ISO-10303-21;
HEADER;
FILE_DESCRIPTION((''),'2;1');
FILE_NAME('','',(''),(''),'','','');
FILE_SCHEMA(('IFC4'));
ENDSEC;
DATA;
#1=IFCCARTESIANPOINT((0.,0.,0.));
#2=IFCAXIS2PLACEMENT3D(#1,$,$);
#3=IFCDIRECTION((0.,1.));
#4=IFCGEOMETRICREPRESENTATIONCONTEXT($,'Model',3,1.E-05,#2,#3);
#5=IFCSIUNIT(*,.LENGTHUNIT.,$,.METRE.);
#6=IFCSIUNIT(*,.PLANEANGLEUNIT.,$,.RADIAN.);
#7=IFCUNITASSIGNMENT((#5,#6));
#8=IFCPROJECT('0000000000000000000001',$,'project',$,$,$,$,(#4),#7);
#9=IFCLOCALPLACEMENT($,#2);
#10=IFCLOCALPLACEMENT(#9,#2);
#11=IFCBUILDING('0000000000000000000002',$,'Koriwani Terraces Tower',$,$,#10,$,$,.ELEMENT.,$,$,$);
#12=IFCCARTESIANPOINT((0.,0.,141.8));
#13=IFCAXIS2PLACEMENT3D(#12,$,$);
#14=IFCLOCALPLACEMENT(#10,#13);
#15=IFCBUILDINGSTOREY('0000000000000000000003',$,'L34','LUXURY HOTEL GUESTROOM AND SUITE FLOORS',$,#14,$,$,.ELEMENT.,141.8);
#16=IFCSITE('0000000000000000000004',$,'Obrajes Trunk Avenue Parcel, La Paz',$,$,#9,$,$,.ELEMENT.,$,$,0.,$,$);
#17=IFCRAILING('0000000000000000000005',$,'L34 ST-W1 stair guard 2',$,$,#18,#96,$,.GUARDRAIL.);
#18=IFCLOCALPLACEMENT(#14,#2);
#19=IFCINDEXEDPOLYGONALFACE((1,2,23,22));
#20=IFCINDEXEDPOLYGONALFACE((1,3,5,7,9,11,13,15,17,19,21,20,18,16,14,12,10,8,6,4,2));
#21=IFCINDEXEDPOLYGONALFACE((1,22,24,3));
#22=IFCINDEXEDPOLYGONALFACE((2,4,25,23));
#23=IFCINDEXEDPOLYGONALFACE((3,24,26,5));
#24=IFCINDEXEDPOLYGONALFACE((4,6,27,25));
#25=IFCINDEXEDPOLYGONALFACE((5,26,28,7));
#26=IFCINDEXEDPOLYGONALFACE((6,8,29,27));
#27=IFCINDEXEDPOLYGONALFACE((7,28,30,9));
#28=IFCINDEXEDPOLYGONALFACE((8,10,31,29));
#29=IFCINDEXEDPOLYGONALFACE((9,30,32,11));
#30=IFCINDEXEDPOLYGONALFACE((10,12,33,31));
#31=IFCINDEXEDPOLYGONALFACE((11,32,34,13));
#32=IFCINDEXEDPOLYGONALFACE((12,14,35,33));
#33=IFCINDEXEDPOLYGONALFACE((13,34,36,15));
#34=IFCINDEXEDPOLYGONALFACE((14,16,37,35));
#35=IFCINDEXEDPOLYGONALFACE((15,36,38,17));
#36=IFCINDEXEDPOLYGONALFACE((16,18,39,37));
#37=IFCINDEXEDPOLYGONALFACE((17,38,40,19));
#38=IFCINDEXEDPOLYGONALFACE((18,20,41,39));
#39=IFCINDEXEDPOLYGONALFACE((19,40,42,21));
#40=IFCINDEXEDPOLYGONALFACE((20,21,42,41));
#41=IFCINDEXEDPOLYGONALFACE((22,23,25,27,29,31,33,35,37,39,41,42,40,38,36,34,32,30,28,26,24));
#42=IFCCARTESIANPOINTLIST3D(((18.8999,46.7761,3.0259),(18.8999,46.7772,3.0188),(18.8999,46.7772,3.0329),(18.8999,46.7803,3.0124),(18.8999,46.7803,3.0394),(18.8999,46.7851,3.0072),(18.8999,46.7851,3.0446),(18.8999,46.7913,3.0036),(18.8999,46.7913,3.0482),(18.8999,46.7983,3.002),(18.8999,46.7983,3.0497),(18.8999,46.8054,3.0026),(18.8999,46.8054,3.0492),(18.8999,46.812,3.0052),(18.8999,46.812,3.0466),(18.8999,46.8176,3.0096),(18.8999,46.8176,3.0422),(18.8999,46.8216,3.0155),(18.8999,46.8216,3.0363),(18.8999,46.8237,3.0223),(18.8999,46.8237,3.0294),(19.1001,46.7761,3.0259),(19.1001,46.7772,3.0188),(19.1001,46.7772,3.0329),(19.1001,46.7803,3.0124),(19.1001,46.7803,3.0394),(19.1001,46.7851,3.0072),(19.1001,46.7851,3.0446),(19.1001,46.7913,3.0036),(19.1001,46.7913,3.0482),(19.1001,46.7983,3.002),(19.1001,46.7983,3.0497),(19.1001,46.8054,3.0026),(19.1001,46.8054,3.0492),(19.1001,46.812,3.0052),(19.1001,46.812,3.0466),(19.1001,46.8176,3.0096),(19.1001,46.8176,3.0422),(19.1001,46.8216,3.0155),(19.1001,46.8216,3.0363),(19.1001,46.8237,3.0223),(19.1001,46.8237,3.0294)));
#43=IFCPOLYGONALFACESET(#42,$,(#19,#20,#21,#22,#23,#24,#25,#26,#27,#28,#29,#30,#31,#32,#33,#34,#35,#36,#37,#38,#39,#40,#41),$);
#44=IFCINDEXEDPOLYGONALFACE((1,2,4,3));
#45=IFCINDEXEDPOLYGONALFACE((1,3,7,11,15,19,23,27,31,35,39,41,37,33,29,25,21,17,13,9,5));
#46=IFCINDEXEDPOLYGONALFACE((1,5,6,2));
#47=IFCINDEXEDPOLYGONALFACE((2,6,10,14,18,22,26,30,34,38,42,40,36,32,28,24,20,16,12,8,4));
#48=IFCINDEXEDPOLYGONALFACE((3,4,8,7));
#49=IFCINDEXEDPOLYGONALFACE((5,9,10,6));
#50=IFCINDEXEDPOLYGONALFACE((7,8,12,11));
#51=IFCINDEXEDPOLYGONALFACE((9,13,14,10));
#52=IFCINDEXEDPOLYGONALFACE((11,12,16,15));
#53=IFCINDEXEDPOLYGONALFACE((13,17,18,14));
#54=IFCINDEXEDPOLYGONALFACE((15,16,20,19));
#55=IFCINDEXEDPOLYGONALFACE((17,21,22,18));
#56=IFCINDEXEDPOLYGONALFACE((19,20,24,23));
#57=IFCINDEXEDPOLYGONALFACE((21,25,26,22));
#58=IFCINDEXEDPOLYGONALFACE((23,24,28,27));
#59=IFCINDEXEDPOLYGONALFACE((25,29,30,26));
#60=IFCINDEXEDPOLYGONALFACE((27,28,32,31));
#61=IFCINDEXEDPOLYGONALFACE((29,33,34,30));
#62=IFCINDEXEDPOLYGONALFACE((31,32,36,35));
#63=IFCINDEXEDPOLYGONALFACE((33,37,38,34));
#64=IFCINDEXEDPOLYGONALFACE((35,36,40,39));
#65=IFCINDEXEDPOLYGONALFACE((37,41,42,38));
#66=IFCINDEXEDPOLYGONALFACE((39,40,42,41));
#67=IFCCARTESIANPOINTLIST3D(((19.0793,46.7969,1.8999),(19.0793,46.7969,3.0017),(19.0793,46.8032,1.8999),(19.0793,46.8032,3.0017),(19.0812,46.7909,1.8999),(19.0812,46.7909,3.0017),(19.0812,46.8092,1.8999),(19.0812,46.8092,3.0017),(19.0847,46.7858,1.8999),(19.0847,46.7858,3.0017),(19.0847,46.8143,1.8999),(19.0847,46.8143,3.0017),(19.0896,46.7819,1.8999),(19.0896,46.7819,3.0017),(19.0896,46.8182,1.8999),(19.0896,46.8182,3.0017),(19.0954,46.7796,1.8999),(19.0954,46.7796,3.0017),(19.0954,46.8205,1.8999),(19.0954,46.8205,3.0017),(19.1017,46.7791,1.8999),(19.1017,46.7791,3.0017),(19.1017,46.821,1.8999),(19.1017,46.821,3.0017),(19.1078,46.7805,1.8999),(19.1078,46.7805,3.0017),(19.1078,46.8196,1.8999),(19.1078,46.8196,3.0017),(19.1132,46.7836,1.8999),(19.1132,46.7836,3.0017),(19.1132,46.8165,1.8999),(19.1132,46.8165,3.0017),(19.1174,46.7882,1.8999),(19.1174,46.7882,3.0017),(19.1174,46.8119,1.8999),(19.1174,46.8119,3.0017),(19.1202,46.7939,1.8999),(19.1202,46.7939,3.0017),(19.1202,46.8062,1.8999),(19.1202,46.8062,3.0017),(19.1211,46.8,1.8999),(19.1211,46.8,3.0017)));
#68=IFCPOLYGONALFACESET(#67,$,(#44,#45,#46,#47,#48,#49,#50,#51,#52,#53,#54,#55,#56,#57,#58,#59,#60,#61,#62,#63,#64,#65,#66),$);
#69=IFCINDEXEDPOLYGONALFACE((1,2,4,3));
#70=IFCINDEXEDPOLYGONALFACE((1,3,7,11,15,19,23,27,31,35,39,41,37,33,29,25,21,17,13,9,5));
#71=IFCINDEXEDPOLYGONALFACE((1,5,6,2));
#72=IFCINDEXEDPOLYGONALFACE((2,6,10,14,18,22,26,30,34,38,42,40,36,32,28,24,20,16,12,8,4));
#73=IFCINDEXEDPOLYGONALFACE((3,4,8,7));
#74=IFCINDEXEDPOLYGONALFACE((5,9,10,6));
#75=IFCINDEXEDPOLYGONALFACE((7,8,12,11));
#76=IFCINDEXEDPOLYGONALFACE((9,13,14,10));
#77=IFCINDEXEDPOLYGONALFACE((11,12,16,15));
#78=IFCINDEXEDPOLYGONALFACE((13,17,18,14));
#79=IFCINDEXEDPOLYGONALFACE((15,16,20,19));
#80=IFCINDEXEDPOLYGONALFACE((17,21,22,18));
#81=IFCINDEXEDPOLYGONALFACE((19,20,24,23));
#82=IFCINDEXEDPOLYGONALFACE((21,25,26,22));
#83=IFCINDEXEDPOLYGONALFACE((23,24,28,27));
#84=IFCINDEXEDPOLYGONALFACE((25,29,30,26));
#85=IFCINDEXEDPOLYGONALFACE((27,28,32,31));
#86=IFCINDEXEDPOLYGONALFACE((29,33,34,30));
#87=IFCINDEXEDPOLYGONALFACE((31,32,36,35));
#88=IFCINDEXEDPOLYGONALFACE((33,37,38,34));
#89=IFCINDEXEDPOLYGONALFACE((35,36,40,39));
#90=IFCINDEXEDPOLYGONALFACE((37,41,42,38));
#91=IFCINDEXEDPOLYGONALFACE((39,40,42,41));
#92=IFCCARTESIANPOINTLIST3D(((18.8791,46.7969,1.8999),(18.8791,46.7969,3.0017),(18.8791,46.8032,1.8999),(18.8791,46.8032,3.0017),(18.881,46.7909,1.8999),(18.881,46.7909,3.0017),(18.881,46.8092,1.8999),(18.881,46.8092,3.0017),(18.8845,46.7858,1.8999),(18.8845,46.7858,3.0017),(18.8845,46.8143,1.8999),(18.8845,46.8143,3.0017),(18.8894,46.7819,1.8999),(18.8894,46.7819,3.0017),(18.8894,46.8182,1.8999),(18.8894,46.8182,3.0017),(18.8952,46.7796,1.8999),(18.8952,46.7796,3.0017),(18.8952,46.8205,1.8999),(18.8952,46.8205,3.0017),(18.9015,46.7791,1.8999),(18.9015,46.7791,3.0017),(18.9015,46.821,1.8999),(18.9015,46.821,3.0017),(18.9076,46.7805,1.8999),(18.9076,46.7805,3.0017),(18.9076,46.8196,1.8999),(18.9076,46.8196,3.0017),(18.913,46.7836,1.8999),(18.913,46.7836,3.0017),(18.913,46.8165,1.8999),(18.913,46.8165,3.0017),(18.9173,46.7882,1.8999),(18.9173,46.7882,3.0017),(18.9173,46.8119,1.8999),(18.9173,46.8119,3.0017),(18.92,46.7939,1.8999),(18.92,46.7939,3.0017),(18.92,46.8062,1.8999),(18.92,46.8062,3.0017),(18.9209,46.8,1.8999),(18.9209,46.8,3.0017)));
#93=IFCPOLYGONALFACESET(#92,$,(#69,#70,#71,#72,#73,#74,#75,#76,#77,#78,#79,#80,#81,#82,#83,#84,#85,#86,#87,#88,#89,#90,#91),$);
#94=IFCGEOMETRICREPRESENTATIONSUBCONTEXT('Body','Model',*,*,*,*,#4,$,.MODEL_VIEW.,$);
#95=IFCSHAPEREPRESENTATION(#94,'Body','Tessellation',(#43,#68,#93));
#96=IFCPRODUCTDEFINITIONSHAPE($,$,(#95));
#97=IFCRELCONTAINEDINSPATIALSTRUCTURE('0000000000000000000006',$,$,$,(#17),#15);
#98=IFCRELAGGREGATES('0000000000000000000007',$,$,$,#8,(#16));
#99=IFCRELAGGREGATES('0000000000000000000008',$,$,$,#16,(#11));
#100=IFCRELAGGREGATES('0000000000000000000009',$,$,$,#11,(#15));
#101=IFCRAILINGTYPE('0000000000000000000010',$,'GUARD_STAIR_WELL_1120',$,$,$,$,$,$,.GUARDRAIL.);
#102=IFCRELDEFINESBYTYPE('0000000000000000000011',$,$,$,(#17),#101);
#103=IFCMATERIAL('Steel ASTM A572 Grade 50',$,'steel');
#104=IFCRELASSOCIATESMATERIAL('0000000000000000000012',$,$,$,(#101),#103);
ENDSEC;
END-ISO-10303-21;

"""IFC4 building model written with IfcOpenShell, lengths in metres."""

from ifc_helpers import new_model, si_unit, direction, frame, origin, origin_2d, place, context, subcontext, project, spatial, circle, extrude, material, type_object, element, save


model = new_model("IFC4")

# Units and contexts
model_context = context("Model", 3, precision=1e-05, world=origin(), true_north=direction((0.0, 1.0)))
body_context = subcontext(model_context, "Body", "Model", "MODEL_VIEW")
ifc_project = project(units=[si_unit("LENGTHUNIT", "METRE"), si_unit("PLANEANGLEUNIT", "RADIAN")], contexts=[model_context])

# Site, building, storey
site_placement = place(None, origin())
site = spatial("IfcSite", under=ifc_project, at=site_placement, Name="Obrajes Trunk Avenue Parcel, La Paz", CompositionType="ELEMENT", RefElevation=0.0)
building_placement = place(site_placement, origin())
building = spatial("IfcBuilding", under=site, at=building_placement, Name="Koriwani Terraces Tower", CompositionType="ELEMENT")
storey_placement = place(building_placement, frame((0.0, 0.0, 141.8)))
storey = spatial("IfcBuildingStorey", under=building, at=storey_placement, Name="L34", Description="LUXURY HOTEL GUESTROOM AND SUITE FLOORS", CompositionType="ELEMENT", Elevation=141.8)

# Shared definitions
ifc_material_1 = material(Name="Steel ASTM A572 Grade 50", Category="steel")

# Railing
railing_type_1 = type_object("IfcRailingType", Name="GUARD_STAIR_WELL_1120", PredefinedType="GUARDRAIL", material=ifc_material_1)
railing_1_placement = place(storey_placement, frame((19.1001, 46.8, 1.8999)))
element("IfcRailing", 1, at=railing_1_placement, inside=storey, type_object=railing_type_1, Name="L34 ST-W1 stair guard 2", PredefinedType="GUARDRAIL", context=body_context, shape_type="SweptSolid", body=[
    extrude(circle(Radius=0.0239, at=origin_2d()), frame((0.0, 0.0, 1.126), z_axis=(-1.0, 0.0, 0.0), x_axis=(0.0, -1.0, 0.0)), (0.0, 0.0, 1.0), 0.2002),
    extrude(circle(Radius=0.021, at=origin_2d()), origin(), (0.0, 0.0, 1.0), 1.1018),
    extrude(circle(Radius=0.021, at=origin_2d()), frame((-0.2002, 0.0, 0.0)), (0.0, 0.0, 1.0), 1.1018),
])

save(model, "model.ifc")
